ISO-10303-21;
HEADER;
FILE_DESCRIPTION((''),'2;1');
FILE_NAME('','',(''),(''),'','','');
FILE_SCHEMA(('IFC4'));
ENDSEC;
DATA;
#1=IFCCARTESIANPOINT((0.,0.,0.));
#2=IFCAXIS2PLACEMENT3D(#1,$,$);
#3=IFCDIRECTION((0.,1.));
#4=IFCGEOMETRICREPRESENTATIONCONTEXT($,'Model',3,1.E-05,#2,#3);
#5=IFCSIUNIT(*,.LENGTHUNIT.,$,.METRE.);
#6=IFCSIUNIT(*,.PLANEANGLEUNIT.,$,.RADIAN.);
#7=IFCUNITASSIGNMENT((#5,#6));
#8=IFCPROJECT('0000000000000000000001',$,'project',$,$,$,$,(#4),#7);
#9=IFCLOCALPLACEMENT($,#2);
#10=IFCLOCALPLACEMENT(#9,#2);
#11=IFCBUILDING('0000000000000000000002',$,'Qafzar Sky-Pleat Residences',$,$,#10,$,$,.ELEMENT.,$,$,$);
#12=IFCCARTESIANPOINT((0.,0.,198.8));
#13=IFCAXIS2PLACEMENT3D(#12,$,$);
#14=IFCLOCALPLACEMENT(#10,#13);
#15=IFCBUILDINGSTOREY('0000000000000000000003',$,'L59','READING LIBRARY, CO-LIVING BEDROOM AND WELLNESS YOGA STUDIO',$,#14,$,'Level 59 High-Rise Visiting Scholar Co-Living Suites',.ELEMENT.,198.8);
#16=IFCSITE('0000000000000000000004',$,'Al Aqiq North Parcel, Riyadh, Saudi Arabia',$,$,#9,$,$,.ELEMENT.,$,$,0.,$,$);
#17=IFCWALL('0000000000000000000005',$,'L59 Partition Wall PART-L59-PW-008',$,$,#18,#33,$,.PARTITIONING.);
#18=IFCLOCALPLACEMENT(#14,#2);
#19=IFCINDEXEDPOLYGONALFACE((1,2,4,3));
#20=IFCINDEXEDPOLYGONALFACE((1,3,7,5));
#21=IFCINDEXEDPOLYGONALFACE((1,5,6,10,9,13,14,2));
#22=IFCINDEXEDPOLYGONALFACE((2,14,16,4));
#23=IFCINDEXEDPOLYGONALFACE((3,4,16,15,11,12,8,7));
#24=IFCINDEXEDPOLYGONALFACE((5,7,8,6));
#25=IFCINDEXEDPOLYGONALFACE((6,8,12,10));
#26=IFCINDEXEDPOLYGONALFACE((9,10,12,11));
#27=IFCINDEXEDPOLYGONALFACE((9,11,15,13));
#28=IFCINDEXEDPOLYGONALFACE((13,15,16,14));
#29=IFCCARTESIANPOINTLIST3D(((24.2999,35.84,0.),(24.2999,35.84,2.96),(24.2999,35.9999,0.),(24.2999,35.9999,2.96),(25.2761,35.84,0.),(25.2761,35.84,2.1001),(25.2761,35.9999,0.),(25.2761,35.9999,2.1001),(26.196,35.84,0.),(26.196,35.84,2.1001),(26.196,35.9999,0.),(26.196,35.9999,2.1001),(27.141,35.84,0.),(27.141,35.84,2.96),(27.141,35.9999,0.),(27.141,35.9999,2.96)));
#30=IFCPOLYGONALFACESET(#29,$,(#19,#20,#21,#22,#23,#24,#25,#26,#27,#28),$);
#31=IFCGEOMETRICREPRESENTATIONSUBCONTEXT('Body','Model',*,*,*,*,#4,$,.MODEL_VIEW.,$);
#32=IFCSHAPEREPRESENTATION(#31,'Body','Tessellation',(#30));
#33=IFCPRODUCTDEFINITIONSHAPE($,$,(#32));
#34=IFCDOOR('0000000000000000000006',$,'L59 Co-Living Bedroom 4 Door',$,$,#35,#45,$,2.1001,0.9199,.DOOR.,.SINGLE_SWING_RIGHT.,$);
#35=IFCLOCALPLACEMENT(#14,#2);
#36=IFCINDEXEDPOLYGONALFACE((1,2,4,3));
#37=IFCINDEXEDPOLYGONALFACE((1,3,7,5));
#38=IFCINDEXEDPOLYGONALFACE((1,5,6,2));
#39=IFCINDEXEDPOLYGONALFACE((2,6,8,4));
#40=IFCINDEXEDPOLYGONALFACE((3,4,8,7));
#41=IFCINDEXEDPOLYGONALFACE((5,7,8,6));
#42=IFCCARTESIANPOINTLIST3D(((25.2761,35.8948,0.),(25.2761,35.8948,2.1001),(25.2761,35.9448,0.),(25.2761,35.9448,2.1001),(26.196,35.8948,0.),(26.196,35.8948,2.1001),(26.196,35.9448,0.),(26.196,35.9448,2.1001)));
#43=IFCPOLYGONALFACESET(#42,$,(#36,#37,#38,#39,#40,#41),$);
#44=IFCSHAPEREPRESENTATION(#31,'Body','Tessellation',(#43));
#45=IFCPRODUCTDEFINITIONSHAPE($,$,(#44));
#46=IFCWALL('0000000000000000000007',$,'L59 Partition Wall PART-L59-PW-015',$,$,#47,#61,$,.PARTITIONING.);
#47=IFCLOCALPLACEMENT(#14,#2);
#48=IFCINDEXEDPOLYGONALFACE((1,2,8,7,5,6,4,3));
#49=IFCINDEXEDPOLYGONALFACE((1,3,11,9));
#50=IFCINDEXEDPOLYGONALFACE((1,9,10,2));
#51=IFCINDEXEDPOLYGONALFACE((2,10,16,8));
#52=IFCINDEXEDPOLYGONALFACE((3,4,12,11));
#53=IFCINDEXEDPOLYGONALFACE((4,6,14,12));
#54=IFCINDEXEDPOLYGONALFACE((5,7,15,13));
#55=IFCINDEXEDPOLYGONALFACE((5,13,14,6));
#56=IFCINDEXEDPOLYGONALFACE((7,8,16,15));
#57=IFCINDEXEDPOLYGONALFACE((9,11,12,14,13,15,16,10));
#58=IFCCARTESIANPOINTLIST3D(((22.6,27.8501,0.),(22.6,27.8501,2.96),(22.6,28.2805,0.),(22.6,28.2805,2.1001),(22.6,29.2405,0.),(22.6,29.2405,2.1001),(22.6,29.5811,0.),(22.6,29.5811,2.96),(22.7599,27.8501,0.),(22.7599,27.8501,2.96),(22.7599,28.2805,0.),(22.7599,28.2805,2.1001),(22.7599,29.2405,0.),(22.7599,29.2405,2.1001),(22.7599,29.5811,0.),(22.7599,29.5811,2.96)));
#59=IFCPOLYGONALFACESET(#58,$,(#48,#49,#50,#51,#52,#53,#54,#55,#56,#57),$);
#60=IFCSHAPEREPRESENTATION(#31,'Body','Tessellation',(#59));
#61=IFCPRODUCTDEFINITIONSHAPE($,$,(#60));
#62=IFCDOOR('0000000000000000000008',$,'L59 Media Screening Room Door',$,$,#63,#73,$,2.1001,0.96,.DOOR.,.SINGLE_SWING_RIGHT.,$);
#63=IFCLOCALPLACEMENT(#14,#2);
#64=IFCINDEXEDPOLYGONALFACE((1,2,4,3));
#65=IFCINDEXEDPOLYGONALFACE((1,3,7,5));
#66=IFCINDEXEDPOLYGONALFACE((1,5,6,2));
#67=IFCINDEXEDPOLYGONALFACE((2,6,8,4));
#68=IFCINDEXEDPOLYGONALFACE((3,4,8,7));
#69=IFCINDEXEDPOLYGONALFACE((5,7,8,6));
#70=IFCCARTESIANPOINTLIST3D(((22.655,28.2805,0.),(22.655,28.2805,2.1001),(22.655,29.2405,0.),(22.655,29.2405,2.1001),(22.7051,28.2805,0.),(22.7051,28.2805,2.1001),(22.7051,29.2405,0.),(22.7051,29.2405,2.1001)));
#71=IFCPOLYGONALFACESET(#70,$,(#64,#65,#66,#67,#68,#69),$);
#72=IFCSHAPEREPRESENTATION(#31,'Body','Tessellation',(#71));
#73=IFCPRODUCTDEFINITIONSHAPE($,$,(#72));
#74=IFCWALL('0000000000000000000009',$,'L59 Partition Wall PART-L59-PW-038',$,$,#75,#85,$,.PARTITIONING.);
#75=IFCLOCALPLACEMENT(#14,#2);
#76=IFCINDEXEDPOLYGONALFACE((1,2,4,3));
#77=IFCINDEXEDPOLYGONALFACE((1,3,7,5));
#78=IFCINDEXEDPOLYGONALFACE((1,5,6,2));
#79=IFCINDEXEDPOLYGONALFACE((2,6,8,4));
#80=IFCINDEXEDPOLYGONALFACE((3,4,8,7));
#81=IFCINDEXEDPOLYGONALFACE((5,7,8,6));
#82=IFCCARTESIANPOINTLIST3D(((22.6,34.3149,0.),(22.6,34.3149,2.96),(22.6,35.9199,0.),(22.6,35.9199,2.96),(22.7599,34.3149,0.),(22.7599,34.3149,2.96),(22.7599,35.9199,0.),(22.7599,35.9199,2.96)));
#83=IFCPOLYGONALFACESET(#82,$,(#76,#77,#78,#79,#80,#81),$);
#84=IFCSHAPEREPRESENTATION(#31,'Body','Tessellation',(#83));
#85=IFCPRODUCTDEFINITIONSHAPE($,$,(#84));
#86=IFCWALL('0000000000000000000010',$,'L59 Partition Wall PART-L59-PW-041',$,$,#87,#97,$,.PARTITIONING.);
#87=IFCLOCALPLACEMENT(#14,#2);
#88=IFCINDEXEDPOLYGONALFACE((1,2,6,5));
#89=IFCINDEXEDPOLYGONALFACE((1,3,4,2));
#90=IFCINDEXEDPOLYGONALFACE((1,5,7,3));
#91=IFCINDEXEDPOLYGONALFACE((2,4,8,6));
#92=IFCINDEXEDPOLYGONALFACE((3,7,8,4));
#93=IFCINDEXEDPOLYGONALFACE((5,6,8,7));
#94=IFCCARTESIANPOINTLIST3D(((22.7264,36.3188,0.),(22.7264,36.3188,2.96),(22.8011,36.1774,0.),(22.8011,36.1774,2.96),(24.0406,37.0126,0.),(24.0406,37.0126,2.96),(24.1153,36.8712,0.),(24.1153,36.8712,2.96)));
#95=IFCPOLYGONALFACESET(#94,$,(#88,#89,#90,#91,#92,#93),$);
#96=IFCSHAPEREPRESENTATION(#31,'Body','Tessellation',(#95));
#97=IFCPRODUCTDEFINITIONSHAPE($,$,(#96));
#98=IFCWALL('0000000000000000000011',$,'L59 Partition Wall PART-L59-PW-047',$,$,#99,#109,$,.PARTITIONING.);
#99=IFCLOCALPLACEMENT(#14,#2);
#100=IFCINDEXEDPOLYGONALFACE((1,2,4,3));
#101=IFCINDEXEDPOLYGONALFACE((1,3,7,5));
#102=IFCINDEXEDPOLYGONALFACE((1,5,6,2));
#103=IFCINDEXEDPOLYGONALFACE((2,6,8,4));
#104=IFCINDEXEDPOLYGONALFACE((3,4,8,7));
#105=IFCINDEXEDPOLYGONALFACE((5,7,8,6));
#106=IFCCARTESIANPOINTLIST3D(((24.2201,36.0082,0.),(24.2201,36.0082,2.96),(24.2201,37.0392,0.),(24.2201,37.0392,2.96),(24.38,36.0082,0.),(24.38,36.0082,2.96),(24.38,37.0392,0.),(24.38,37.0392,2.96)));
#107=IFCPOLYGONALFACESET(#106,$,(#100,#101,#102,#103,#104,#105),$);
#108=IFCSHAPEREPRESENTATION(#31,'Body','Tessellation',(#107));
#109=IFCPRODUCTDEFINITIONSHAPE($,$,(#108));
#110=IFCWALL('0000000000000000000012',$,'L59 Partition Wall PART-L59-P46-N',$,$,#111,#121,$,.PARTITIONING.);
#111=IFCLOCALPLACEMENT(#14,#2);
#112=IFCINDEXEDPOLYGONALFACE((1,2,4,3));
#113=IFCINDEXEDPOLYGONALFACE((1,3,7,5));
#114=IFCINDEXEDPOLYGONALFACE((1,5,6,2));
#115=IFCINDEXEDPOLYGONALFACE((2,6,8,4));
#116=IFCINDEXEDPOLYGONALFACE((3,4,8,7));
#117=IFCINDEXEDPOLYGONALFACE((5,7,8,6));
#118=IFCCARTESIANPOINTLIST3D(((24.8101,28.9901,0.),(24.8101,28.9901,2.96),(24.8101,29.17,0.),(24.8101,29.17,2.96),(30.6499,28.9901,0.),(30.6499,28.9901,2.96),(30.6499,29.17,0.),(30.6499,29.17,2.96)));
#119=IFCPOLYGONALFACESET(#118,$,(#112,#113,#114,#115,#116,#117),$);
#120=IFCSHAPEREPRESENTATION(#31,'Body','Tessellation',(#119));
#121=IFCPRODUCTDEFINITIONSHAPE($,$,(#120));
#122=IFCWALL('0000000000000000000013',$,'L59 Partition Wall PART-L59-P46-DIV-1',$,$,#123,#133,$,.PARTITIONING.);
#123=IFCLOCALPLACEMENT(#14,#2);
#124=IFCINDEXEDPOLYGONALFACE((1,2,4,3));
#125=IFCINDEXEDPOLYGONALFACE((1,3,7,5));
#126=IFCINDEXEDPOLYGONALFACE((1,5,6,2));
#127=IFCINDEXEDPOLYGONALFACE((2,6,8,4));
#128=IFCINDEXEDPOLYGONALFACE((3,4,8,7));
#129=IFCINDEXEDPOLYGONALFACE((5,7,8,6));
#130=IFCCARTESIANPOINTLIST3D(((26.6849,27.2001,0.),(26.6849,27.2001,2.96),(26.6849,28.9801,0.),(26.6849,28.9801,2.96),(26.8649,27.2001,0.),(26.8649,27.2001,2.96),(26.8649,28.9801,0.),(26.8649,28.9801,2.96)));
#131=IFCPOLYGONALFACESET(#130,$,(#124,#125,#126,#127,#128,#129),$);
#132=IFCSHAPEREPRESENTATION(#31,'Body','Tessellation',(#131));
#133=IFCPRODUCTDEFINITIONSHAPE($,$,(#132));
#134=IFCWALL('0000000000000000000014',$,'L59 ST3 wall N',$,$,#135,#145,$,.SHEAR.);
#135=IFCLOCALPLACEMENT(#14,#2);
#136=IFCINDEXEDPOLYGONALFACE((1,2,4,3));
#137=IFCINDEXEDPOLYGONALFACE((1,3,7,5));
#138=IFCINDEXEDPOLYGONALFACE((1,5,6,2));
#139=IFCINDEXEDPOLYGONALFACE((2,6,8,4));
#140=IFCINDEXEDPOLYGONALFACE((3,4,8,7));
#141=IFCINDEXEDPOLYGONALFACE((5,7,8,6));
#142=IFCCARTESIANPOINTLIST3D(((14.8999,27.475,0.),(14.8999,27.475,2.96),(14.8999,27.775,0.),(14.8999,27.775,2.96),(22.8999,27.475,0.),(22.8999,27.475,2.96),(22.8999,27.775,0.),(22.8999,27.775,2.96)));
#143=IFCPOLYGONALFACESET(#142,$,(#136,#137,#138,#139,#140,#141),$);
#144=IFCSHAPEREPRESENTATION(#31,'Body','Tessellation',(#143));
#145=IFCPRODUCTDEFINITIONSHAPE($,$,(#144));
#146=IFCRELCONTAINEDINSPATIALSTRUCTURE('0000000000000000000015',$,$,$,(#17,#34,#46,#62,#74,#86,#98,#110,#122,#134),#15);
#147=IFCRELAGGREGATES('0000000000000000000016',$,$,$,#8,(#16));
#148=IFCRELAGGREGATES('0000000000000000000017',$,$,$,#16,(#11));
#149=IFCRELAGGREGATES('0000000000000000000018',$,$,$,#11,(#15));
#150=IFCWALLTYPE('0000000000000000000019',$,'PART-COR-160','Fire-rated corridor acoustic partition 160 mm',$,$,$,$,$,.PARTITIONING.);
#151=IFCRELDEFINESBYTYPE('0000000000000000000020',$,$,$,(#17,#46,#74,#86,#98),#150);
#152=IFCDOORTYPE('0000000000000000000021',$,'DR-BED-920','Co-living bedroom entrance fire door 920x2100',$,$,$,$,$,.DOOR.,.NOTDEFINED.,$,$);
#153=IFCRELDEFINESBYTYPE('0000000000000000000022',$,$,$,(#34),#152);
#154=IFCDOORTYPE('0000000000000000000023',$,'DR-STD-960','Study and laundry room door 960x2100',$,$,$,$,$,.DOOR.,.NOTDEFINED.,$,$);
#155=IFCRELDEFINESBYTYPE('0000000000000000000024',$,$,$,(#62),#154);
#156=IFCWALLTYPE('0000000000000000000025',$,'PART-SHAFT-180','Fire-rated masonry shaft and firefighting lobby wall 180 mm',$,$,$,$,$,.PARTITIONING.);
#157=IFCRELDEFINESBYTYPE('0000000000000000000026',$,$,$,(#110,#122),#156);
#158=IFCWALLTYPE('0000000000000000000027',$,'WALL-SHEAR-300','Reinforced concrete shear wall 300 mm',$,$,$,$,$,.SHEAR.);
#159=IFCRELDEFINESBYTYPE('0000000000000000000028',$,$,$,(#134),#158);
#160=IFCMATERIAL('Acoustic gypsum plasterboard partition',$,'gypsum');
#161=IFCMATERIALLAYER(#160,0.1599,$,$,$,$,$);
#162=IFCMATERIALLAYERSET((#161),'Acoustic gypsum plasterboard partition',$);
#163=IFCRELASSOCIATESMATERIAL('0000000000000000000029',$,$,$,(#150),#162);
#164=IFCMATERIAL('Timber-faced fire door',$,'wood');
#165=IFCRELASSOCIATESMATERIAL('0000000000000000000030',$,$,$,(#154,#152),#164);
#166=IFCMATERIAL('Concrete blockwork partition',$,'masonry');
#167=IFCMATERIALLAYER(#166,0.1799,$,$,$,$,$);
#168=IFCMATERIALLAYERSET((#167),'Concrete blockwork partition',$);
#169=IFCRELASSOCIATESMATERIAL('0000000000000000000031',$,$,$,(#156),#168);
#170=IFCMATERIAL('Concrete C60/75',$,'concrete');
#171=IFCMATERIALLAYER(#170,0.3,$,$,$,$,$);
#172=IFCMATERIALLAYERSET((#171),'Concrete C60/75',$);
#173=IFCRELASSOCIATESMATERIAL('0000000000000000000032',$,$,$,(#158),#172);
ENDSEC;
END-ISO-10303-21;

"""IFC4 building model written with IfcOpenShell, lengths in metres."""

from ifc_helpers import new_model, si_unit, direction, frame, frame_2d, origin, place, context, subcontext, project, spatial, rectangle, extrude, source, transform, mapped, material, layer, layer_set, type_object, element, fill, save


model = new_model("IFC4")

# Units and contexts
model_context = context("Model", 3, precision=1e-05, world=origin(), true_north=direction((0.0, 1.0)))
body_context = subcontext(model_context, "Body", "Model", "MODEL_VIEW")
ifc_project = project(units=[si_unit("LENGTHUNIT", "METRE"), si_unit("PLANEANGLEUNIT", "RADIAN")], contexts=[model_context])

# Site, building, storey
site_placement = place(None, origin())
site = spatial("IfcSite", under=ifc_project, at=site_placement, Name="Al Aqiq North Parcel, Riyadh, Saudi Arabia", CompositionType="ELEMENT", RefElevation=0.0)
building_placement = place(site_placement, origin())
building = spatial("IfcBuilding", under=site, at=building_placement, Name="Qafzar Sky-Pleat Residences", CompositionType="ELEMENT")
storey_placement = place(building_placement, frame((0.0, 0.0, 198.8)))
storey = spatial("IfcBuildingStorey", under=building, at=storey_placement, Name="L59", Description="READING LIBRARY, CO-LIVING BEDROOM AND WELLNESS YOGA STUDIO", LongName="Level 59 High-Rise Visiting Scholar Co-Living Suites", CompositionType="ELEMENT", Elevation=198.8)

# Walls, openings, doors
ifc_material_1 = material(Name="Acoustic gypsum plasterboard partition", Category="gypsum")
ifc_layer_1 = layer(ifc_material_1, 0.1599)
ifc_layer_set_1 = layer_set([ifc_layer_1], Name="Acoustic gypsum plasterboard partition")
wall_type_1 = type_object("IfcWallType", Name="PART-COR-160", Description="Fire-rated corridor acoustic partition 160 mm", PredefinedType="PARTITIONING", material=ifc_layer_set_1)
ifc_material_2 = material(Name="Timber-faced fire door", Category="wood")
door_type_1 = type_object("IfcDoorType", Name="DR-STD-960", Description="Study and laundry room door 960x2100", OperationType="NOTDEFINED", PredefinedType="DOOR", material=ifc_material_2)
shared_shape_1 = source(origin(), body_context, "Body", "SweptSolid", [
    extrude(rectangle(XDim=0.96, YDim=2.1001, at=frame_2d((0.48, 1.05))), frame((0.0, 0.0249, 0.0), z_axis=(0.0, -1.0, 0.0), x_axis=(1.0, 0.0, 0.0)), (0.0, 0.0, 1.0), 0.05),
])
wall_1_placement = place(storey_placement, frame((24.3, 35.9199, 0.0), z_axis=(0.0, 0.0, 1.0), x_axis=(1.0, 0.0, 0.0)))
wall_1 = element("IfcWall", 1, at=wall_1_placement, inside=storey, type_object=wall_type_1, Name="L59 Partition Wall PART-L59-PW-008", PredefinedType="PARTITIONING", context=body_context, shape_type="SweptSolid", body=[
    extrude(rectangle(XDim=2.8411, YDim=0.1599, at=frame_2d((1.4204, 0.0))), origin(), (0.0, 0.0, 1.0), 2.96),
])
opening_1_placement = place(wall_1_placement, frame((0.9761, 0.0, 0.0)))
opening_1 = element("IfcOpeningElement", 2, at=opening_1_placement, cuts=wall_1, PredefinedType="OPENING", context=body_context, shape_type="SweptSolid", body=[
    extrude(rectangle(XDim=0.9199, YDim=2.1001, at=frame_2d((0.46, 1.05))), frame((0.0, 0.0898, 0.0), z_axis=(0.0, -1.0, 0.0), x_axis=(1.0, 0.0, 0.0)), (0.0, 0.0, 1.0), 0.1799),
])
door_type_2 = type_object("IfcDoorType", Name="DR-BED-920", Description="Co-living bedroom entrance fire door 920x2100", OperationType="NOTDEFINED", PredefinedType="DOOR", material=ifc_material_2)
shared_shape_2 = source(origin(), body_context, "Body", "SweptSolid", [
    extrude(rectangle(XDim=0.9199, YDim=2.1001, at=frame_2d((0.46, 1.05))), frame((0.0, 0.0249, 0.0), z_axis=(0.0, -1.0, 0.0), x_axis=(1.0, 0.0, 0.0)), (0.0, 0.0, 1.0), 0.05),
])
door_1_placement = place(opening_1_placement, origin())
door_1 = element("IfcDoor", 3, at=door_1_placement, inside=storey, type_object=door_type_2, Name="L59 Co-Living Bedroom 4 Door", OperationType="SINGLE_SWING_RIGHT", OverallHeight=2.1001, OverallWidth=0.9199, PredefinedType="DOOR", context=body_context, shape_type="MappedRepresentation", body=[
    mapped(shared_shape_2, transform((0.0, 0.0, 0.0), x_axis=(1.0, 0.0, 0.0), y_axis=(0.0, 1.0, 0.0), z_axis=(0.0, 0.0, 1.0), scale=1.0)),
])
fill(opening_1, door_1)
wall_2_placement = place(storey_placement, frame((22.6799, 27.8501, 0.0), z_axis=(0.0, 0.0, 1.0), x_axis=(0.0, 1.0, 0.0)))
wall_2 = element("IfcWall", 4, at=wall_2_placement, inside=storey, type_object=wall_type_1, Name="L59 Partition Wall PART-L59-PW-015", PredefinedType="PARTITIONING", context=body_context, shape_type="SweptSolid", body=[
    extrude(rectangle(XDim=1.731, YDim=0.1599, at=frame_2d((0.8655, 0.0))), origin(), (0.0, 0.0, 1.0), 2.96),
])
opening_2_placement = place(wall_2_placement, frame((0.4304, 0.0, 0.0)))
opening_2 = element("IfcOpeningElement", 5, at=opening_2_placement, cuts=wall_2, PredefinedType="OPENING", context=body_context, shape_type="SweptSolid", body=[
    extrude(rectangle(XDim=0.96, YDim=2.1001, at=frame_2d((0.48, 1.05))), frame((0.0, 0.0898, 0.0), z_axis=(0.0, -1.0, 0.0), x_axis=(1.0, 0.0, 0.0)), (0.0, 0.0, 1.0), 0.1799),
])
door_2_placement = place(opening_2_placement, origin())
door_2 = element("IfcDoor", 6, at=door_2_placement, inside=storey, type_object=door_type_1, Name="L59 Media Screening Room Door", OperationType="SINGLE_SWING_RIGHT", OverallHeight=2.1001, OverallWidth=0.96, PredefinedType="DOOR", context=body_context, shape_type="MappedRepresentation", body=[
    mapped(shared_shape_1, transform((0.0, 0.0, 0.0), x_axis=(1.0, 0.0, 0.0), y_axis=(0.0, 1.0, 0.0), z_axis=(0.0, 0.0, 1.0), scale=1.0)),
])
fill(opening_2, door_2)

# Walls
wall_3_placement = place(storey_placement, frame((22.6799, 34.3149, 0.0), z_axis=(0.0, 0.0, 1.0), x_axis=(0.0, 1.0, 0.0)))
element("IfcWall", 7, at=wall_3_placement, inside=storey, type_object=wall_type_1, Name="L59 Partition Wall PART-L59-PW-038", PredefinedType="PARTITIONING", context=body_context, shape_type="SweptSolid", body=[
    extrude(rectangle(XDim=1.605, YDim=0.1599, at=frame_2d((0.8025, 0.0))), origin(), (0.0, 0.0, 1.0), 2.96),
])
wall_4_placement = place(storey_placement, frame((22.7637, 36.248, 0.0), z_axis=(0.0, 0.0, 1.0), x_axis=(0.884319, 0.466884, 0.0)))
element("IfcWall", 8, at=wall_4_placement, inside=storey, type_object=wall_type_1, Name="L59 Partition Wall PART-L59-PW-041", PredefinedType="PARTITIONING", context=body_context, shape_type="SweptSolid", body=[
    extrude(rectangle(XDim=1.4861, YDim=0.1599, at=frame_2d((0.7432, 0.0))), origin(), (0.0, 0.0, 1.0), 2.96),
])
wall_5_placement = place(storey_placement, frame((24.3, 36.0081, 0.0), z_axis=(0.0, 0.0, 1.0), x_axis=(0.0, 1.0, 0.0)))
element("IfcWall", 9, at=wall_5_placement, inside=storey, type_object=wall_type_1, Name="L59 Partition Wall PART-L59-PW-047", PredefinedType="PARTITIONING", context=body_context, shape_type="SweptSolid", body=[
    extrude(rectangle(XDim=1.031, YDim=0.1599, at=frame_2d((0.5156, 0.0))), origin(), (0.0, 0.0, 1.0), 2.96),
])
ifc_material_3 = material(Name="Concrete blockwork partition", Category="masonry")
ifc_layer_2 = layer(ifc_material_3, 0.1799)
ifc_layer_set_2 = layer_set([ifc_layer_2], Name="Concrete blockwork partition")
wall_type_2 = type_object("IfcWallType", Name="PART-SHAFT-180", Description="Fire-rated masonry shaft and firefighting lobby wall 180 mm", PredefinedType="PARTITIONING", material=ifc_layer_set_2)
wall_6_placement = place(storey_placement, frame((24.8101, 29.0801, 0.0), z_axis=(0.0, 0.0, 1.0), x_axis=(1.0, 0.0, 0.0)))
element("IfcWall", 10, at=wall_6_placement, inside=storey, type_object=wall_type_2, Name="L59 Partition Wall PART-L59-P46-N", PredefinedType="PARTITIONING", context=body_context, shape_type="SweptSolid", body=[
    extrude(rectangle(XDim=5.8398, YDim=0.1799, at=frame_2d((2.9199, 0.0))), origin(), (0.0, 0.0, 1.0), 2.96),
])

# Wall
wall_7_placement = place(storey_placement, frame((26.7749, 27.2, 0.0), z_axis=(0.0, 0.0, 1.0), x_axis=(0.0, 1.0, 0.0)))
element("IfcWall", 11, at=wall_7_placement, inside=storey, type_object=wall_type_2, Name="L59 Partition Wall PART-L59-P46-DIV-1", PredefinedType="PARTITIONING", context=body_context, shape_type="SweptSolid", body=[
    extrude(rectangle(XDim=1.78, YDim=0.1799, at=frame_2d((0.8901, 0.0))), origin(), (0.0, 0.0, 1.0), 2.96),
])

# Shared definitions
ifc_material_4 = material(Name="Concrete C60/75", Category="concrete")
ifc_layer_3 = layer(ifc_material_4, 0.3)
ifc_layer_set_3 = layer_set([ifc_layer_3], Name="Concrete C60/75")
wall_type_3 = type_object("IfcWallType", Name="WALL-SHEAR-300", Description="Reinforced concrete shear wall 300 mm", PredefinedType="SHEAR", material=ifc_layer_set_3)

# Wall
wall_8_placement = place(storey_placement, frame((22.8999, 27.625, 0.0), z_axis=(0.0, 0.0, 1.0), x_axis=(-1.0, 0.0, 0.0)))
element("IfcWall", 12, at=wall_8_placement, inside=storey, type_object=wall_type_3, Name="L59 ST3 wall N", PredefinedType="SHEAR", context=body_context, shape_type="SweptSolid", body=[
    extrude(rectangle(XDim=8.0, YDim=0.3, at=frame_2d((4.0, 0.0))), origin(), (0.0, 0.0, 1.0), 2.96),
])

save(model, "model.ifc")
